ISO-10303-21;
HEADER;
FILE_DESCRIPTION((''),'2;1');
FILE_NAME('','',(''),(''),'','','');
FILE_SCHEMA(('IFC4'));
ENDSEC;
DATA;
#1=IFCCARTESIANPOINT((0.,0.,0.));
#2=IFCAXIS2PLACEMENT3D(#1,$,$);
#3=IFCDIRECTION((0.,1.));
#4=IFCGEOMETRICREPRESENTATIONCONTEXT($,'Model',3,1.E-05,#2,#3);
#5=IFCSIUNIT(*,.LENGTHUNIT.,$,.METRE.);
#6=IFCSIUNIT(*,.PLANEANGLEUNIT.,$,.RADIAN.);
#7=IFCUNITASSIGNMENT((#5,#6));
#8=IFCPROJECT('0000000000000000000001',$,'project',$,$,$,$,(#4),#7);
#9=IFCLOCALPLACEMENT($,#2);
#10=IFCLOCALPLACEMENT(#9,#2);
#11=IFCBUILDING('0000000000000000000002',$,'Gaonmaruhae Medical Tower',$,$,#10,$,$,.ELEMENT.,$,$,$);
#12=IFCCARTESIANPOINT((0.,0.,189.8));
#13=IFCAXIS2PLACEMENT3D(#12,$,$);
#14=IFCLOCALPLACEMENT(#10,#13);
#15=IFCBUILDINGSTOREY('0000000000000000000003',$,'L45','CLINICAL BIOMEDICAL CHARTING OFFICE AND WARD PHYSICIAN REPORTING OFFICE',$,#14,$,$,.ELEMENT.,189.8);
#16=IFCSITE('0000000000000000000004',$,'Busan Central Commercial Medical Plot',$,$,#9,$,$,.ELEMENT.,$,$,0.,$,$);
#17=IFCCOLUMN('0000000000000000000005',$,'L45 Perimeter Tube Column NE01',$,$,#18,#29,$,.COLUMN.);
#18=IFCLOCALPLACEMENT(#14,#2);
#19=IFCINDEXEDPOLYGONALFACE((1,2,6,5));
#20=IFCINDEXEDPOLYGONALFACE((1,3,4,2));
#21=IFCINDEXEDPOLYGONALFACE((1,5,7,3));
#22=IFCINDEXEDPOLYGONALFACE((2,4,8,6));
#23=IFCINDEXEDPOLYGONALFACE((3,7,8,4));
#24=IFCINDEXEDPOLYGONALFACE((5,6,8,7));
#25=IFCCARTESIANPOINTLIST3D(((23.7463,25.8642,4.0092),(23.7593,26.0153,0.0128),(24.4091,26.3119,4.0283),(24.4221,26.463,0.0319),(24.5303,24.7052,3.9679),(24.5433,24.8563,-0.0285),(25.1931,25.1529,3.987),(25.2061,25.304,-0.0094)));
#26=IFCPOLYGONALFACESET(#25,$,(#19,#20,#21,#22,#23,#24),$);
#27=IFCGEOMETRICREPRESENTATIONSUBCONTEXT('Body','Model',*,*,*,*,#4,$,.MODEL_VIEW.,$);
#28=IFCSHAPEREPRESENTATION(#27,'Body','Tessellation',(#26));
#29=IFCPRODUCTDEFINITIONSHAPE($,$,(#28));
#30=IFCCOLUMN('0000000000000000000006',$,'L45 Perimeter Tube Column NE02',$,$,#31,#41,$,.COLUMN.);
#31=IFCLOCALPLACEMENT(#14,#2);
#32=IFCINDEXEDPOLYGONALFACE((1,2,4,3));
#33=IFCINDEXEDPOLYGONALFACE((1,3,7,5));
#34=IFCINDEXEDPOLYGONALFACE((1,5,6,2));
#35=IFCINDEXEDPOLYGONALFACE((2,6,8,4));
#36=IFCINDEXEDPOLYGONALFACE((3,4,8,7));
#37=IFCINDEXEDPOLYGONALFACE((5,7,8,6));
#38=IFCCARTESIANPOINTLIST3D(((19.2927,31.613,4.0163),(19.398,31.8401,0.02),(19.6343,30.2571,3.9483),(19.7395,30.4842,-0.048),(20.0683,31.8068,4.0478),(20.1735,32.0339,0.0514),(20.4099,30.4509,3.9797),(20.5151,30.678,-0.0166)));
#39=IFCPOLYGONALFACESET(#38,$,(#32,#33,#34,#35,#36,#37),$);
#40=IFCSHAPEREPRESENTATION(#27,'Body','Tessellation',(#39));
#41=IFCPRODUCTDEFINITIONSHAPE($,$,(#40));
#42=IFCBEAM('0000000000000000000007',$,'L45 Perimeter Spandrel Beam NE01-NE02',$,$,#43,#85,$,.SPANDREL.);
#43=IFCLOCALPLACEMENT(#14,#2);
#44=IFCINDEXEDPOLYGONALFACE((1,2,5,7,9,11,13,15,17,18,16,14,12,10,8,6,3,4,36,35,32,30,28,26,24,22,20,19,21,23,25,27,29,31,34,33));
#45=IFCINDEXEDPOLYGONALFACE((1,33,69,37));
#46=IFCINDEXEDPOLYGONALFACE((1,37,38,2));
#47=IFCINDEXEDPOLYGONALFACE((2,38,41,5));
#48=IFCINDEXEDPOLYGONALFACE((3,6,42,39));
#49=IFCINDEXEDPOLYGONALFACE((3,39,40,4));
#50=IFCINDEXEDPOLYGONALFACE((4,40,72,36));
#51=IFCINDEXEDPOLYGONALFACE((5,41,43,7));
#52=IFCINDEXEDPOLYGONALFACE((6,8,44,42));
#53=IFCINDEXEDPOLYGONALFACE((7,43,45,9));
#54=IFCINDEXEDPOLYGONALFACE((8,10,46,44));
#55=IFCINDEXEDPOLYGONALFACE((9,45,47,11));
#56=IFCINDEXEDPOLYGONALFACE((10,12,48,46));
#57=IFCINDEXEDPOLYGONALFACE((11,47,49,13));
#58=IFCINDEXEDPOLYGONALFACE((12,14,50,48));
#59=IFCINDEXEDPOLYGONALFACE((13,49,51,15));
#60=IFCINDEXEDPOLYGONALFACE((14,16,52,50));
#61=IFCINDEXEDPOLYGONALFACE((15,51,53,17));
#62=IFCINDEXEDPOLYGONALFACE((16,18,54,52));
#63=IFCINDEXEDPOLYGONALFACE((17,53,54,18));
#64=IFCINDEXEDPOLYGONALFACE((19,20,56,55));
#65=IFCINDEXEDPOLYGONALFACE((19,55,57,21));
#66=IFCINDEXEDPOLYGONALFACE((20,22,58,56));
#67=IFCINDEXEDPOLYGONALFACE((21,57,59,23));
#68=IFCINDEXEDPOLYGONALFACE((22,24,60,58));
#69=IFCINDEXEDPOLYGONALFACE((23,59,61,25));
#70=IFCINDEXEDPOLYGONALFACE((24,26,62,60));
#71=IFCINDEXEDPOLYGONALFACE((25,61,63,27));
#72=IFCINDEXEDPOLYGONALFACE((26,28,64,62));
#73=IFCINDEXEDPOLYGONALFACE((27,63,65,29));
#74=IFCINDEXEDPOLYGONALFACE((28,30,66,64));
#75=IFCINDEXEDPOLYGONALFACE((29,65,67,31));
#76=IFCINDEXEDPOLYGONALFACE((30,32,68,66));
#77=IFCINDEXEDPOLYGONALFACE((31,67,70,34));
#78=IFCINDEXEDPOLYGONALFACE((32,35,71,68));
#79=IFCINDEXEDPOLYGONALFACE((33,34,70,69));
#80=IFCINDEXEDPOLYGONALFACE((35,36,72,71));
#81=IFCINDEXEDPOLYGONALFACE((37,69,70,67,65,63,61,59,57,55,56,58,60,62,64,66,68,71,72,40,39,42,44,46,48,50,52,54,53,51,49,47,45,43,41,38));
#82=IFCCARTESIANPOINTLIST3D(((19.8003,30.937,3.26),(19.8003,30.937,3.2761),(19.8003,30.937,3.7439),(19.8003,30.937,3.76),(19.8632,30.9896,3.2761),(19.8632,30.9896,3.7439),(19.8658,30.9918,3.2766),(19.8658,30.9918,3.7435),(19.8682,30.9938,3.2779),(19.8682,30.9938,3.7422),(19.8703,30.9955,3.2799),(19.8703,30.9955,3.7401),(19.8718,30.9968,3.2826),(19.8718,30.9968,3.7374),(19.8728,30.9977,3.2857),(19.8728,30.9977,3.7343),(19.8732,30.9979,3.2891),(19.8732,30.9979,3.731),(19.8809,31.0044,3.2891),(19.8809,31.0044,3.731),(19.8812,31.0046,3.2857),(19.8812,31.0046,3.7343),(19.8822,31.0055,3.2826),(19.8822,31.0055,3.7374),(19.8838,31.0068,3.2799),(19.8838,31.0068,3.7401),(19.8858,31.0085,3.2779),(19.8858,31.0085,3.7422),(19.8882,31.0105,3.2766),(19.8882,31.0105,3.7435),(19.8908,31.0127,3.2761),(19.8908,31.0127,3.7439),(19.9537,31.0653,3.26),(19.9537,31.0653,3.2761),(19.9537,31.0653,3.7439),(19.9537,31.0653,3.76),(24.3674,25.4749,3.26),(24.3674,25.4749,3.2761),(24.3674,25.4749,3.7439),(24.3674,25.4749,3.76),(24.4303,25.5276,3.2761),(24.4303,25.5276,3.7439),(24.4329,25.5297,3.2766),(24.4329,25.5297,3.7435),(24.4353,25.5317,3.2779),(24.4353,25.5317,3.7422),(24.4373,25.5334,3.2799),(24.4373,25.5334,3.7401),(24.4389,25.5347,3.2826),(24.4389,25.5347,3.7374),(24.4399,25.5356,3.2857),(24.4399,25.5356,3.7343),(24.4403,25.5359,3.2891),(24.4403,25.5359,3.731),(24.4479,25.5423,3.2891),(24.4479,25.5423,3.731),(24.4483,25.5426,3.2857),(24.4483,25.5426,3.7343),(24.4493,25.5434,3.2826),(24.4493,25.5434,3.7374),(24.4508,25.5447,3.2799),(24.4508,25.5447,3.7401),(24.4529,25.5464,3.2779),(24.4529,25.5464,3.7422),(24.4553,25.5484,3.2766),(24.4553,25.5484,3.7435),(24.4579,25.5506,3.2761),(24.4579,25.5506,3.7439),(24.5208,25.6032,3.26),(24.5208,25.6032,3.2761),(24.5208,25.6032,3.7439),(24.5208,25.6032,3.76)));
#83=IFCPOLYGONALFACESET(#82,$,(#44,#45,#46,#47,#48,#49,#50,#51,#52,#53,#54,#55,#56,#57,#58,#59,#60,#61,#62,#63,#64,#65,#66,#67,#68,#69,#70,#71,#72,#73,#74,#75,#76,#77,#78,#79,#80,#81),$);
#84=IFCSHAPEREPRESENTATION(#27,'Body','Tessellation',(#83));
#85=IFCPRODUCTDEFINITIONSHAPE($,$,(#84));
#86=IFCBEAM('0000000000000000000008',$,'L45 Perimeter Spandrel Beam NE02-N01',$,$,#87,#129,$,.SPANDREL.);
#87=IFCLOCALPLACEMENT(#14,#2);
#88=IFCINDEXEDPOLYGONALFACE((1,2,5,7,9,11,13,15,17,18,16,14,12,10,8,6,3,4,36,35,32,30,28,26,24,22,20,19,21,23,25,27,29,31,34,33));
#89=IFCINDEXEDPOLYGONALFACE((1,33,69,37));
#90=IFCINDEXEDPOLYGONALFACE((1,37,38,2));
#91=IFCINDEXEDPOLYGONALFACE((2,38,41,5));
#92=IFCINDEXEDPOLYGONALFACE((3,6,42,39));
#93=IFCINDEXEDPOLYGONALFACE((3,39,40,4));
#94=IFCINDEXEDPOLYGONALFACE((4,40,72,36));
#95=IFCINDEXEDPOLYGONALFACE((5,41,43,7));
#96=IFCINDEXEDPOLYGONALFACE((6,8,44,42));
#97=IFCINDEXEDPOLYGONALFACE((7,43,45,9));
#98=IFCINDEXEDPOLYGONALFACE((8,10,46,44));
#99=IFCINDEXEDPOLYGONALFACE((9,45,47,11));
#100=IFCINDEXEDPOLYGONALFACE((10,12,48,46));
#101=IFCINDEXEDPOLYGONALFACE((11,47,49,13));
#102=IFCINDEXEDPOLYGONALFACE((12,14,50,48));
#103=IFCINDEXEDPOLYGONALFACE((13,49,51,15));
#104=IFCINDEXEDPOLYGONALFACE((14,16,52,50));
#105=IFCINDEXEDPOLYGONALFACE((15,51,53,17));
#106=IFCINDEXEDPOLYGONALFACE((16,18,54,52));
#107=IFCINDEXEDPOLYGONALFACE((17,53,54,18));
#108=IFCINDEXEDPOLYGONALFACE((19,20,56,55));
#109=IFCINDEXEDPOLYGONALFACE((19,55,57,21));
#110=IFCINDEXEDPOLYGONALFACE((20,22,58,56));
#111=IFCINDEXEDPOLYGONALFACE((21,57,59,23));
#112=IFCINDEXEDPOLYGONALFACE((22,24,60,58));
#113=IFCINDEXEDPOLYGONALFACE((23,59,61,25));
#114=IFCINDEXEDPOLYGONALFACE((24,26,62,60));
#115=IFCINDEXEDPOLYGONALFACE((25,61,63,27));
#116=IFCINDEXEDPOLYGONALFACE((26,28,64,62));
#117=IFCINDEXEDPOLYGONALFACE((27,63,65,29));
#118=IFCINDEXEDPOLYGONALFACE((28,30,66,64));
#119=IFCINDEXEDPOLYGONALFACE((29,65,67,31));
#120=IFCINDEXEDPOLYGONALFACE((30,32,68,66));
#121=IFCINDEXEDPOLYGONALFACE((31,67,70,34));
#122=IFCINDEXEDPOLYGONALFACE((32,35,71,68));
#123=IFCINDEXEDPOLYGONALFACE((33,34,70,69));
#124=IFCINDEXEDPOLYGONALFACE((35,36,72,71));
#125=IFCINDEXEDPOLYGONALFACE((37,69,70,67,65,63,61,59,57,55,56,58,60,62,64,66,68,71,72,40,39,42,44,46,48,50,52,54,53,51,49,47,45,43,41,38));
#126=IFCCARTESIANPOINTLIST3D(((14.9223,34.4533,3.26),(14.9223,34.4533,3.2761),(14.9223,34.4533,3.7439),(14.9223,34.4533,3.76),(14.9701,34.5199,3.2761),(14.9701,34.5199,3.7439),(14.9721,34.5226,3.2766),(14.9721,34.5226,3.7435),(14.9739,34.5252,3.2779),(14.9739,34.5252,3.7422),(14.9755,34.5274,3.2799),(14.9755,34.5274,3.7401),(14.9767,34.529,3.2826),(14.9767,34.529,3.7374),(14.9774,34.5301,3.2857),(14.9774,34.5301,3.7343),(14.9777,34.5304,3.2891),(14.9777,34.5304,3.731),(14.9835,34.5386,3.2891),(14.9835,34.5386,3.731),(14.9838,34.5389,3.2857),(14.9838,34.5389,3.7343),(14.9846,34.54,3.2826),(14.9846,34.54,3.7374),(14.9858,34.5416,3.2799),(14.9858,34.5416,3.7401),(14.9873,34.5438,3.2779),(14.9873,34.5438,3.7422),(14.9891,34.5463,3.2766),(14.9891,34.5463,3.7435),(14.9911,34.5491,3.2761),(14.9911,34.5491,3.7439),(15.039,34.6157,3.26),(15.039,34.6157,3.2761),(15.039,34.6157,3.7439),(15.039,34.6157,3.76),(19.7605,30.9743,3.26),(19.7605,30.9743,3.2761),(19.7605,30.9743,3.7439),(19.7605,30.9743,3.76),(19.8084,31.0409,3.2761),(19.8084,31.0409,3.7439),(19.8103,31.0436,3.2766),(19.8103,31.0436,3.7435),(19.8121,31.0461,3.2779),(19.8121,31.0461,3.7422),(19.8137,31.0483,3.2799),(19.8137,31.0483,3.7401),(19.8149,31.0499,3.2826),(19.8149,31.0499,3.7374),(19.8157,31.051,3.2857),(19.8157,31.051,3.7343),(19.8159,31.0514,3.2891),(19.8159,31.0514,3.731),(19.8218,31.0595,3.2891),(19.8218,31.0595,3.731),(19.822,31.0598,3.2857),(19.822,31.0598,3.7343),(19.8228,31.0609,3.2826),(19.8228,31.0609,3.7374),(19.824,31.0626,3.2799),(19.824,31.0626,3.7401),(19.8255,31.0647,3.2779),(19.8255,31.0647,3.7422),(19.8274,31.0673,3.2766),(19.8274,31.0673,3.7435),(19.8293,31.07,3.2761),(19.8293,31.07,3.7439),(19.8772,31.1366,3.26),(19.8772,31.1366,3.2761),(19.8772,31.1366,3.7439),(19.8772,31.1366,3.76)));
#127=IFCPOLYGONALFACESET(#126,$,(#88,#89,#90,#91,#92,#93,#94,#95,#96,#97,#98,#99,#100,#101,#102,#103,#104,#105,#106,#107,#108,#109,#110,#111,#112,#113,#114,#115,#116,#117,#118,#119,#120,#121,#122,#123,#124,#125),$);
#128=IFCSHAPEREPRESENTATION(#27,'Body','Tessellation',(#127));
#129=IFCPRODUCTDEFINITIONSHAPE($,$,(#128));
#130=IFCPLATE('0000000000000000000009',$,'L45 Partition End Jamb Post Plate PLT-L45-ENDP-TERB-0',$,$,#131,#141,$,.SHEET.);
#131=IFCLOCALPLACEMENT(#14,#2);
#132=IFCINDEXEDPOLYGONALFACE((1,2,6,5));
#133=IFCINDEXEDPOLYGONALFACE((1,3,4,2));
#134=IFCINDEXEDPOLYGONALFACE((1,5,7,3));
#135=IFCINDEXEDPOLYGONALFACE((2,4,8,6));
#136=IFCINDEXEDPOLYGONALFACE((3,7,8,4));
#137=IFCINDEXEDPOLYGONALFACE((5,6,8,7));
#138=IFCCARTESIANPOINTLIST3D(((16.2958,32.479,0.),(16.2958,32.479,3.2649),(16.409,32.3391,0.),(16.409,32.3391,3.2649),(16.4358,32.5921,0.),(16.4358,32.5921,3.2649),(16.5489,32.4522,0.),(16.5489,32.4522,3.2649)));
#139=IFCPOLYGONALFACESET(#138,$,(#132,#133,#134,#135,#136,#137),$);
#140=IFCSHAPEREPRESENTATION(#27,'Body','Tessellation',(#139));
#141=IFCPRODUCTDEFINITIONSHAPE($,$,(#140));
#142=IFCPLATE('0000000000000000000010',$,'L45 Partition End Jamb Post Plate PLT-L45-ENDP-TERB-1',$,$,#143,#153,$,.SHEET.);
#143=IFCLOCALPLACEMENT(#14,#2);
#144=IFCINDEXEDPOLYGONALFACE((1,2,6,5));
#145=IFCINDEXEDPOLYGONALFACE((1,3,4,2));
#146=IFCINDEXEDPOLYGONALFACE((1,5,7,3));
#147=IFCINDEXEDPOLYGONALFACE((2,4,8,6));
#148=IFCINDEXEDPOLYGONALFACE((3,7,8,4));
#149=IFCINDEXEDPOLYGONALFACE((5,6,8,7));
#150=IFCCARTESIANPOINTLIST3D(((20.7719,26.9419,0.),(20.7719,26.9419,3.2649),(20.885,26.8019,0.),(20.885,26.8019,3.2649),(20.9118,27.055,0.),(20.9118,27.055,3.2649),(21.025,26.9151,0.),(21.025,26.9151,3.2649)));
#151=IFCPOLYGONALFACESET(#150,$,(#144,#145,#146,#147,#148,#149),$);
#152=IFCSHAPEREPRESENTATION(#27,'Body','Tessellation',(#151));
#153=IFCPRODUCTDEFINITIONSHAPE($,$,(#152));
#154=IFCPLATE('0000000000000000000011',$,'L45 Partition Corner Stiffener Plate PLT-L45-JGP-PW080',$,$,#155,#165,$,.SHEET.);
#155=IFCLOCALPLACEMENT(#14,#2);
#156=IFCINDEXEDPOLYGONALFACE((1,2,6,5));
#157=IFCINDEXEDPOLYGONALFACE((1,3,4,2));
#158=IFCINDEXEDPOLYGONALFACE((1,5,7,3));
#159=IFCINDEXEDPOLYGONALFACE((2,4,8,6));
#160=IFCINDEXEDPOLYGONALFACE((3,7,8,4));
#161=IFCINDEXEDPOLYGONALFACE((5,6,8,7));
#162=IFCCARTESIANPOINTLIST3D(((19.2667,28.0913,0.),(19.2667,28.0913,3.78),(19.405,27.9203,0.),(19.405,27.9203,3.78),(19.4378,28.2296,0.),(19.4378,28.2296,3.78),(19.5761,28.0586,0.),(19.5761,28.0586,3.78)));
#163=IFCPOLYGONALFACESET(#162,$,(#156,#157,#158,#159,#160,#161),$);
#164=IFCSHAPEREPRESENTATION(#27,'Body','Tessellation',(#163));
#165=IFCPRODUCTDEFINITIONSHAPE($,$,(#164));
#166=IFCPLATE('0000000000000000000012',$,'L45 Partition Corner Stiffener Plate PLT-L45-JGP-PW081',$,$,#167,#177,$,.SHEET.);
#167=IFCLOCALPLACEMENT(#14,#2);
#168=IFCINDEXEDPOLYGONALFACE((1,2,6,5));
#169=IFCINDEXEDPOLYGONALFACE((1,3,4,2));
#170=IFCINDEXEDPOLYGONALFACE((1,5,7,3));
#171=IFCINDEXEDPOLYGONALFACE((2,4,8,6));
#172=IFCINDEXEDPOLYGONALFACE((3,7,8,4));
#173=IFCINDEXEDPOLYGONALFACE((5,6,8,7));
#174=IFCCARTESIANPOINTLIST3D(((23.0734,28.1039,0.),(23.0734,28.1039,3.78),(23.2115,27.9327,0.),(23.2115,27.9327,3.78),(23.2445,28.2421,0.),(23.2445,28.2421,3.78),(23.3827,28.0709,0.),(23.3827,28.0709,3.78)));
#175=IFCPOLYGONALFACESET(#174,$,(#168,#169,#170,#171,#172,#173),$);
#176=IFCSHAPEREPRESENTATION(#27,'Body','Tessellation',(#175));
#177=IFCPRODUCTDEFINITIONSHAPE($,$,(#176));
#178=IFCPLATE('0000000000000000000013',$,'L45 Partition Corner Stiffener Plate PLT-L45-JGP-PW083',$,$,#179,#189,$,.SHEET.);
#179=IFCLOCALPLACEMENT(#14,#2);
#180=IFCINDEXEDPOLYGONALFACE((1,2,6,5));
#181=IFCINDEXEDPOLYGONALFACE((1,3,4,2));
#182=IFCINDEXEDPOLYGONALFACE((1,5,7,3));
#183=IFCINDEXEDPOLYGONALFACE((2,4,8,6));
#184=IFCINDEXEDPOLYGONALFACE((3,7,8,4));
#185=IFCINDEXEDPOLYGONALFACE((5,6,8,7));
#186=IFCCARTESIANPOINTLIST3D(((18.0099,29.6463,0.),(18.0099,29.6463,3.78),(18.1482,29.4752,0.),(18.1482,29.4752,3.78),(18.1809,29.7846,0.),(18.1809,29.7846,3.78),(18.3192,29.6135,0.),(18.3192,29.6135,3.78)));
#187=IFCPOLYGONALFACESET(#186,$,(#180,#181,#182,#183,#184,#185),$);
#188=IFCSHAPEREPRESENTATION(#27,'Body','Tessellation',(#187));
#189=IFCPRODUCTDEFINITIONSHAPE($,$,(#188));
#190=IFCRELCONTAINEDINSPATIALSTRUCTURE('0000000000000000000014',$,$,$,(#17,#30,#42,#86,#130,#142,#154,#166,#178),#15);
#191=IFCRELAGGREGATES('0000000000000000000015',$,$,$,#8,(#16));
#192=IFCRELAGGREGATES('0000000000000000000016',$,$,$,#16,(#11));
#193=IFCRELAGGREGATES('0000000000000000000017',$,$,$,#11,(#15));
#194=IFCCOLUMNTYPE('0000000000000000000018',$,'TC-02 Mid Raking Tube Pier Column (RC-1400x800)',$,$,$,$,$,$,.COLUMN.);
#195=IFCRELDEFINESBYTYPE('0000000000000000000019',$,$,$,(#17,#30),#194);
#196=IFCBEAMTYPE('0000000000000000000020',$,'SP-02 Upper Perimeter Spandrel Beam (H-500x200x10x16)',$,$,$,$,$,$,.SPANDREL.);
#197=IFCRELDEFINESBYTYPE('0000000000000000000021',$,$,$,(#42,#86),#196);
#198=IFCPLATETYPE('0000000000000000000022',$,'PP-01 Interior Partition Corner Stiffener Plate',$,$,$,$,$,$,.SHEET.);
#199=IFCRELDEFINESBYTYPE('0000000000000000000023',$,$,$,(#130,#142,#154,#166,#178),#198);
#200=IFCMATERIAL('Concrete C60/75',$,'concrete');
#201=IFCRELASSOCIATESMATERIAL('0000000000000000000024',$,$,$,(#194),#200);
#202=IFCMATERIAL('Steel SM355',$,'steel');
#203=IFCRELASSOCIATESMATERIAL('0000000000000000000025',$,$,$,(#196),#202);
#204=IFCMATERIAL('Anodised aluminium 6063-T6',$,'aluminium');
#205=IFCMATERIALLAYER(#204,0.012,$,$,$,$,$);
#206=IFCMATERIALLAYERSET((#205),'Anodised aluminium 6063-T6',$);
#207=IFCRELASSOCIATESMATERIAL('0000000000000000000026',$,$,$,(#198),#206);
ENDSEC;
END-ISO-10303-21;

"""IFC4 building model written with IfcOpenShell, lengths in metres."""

from ifc_helpers import new_model, si_unit, direction, frame, origin, origin_2d, place, context, subcontext, project, spatial, rectangle, i_section, extrude, material, layer, layer_set, material_profile, profile_set, type_object, element, save


model = new_model("IFC4")

# Units and contexts
model_context = context("Model", 3, precision=1e-05, world=origin(), true_north=direction((0.0, 1.0)))
body_context = subcontext(model_context, "Body", "Model", "MODEL_VIEW")
ifc_project = project(units=[si_unit("LENGTHUNIT", "METRE"), si_unit("PLANEANGLEUNIT", "RADIAN")], contexts=[model_context])

# Site, building, storey
site_placement = place(None, origin())
site = spatial("IfcSite", under=ifc_project, at=site_placement, Name="Busan Central Commercial Medical Plot", CompositionType="ELEMENT", RefElevation=0.0)
building_placement = place(site_placement, origin())
building = spatial("IfcBuilding", under=site, at=building_placement, Name="Gaonmaruhae Medical Tower", CompositionType="ELEMENT")
storey_placement = place(building_placement, frame((0.0, 0.0, 189.8)))
storey = spatial("IfcBuildingStorey", under=building, at=storey_placement, Name="L45", Description="CLINICAL BIOMEDICAL CHARTING OFFICE AND WARD PHYSICIAN REPORTING OFFICE", CompositionType="ELEMENT", Elevation=189.8)

# Columns
ifc_material_1 = material(Name="Concrete C60/75", Category="concrete")
ifc_material_profile_1 = material_profile(ifc_material_1, rectangle(XDim=1.3999, YDim=0.8, at=origin_2d()), Name="RC-1400x800")
ifc_profile_set_1 = profile_set([ifc_material_profile_1], Name="Concrete C60/75")
column_type = type_object("IfcColumnType", Name="TC-02 Mid Raking Tube Pier Column (RC-1400x800)", PredefinedType="COLUMN", material=ifc_profile_set_1)
column_1_placement = place(storey_placement, frame((24.4827, 25.6597, 0.0017), z_axis=(-0.003235, -0.037788, 0.999281), x_axis=(-0.560053, 0.827932, 0.029495)))
element("IfcColumn", 1, at=column_1_placement, inside=storey, type_object=column_type, Name="L45 Perimeter Tube Column NE01", PredefinedType="COLUMN", context=body_context, shape_type="SweptSolid", body=[
    extrude(rectangle(XDim=1.3999, YDim=0.8, at=origin_2d()), origin(), (0.0, 0.0, 1.0), 3.9993),
])
column_2_placement = place(storey_placement, frame((19.9565, 31.259, 0.0017), z_axis=(-0.026279, -0.056704, 0.998045), x_axis=(-0.244001, 0.968556, 0.048604)))
element("IfcColumn", 2, at=column_2_placement, inside=storey, type_object=column_type, Name="L45 Perimeter Tube Column NE02", PredefinedType="COLUMN", context=body_context, shape_type="SweptSolid", body=[
    extrude(rectangle(XDim=1.3999, YDim=0.8, at=origin_2d()), origin(), (0.0, 0.0, 1.0), 4.0042),
])

# Beams
ifc_material_2 = material(Name="Steel SM355", Category="steel")
ifc_material_profile_2 = material_profile(ifc_material_2, i_section(OverallWidth=0.2, OverallDepth=0.5, WebThickness=0.01, FlangeThickness=0.0161, FilletRadius=0.0129, at=origin_2d()), Name="H-500x200x10x16")
ifc_profile_set_2 = profile_set([ifc_material_profile_2], Name="Steel SM355")
beam_type = type_object("IfcBeamType", Name="SP-02 Upper Perimeter Spandrel Beam (H-500x200x10x16)", PredefinedType="SPANDREL", material=ifc_profile_set_2)
beam_1_placement = place(storey_placement, frame((24.4441, 25.5391, 3.51), z_axis=(-0.641455, 0.767161, 0.0), x_axis=(-0.767161, -0.641455, 0.0)))
element("IfcBeam", 3, at=beam_1_placement, inside=storey, type_object=beam_type, Name="L45 Perimeter Spandrel Beam NE01-NE02", PredefinedType="SPANDREL", context=body_context, shape_type="SweptSolid", body=[
    extrude(i_section(OverallWidth=0.2, OverallDepth=0.5, WebThickness=0.01, FlangeThickness=0.0161, FilletRadius=0.0129, at=origin_2d()), origin(), (0.0, 0.0, 1.0), 7.1199),
])
beam_2_placement = place(storey_placement, frame((19.8188, 31.0554, 3.51), z_axis=(-0.811889, 0.583812, 0.0), x_axis=(-0.583812, -0.811889, 0.0)))
element("IfcBeam", 4, at=beam_2_placement, inside=storey, type_object=beam_type, Name="L45 Perimeter Spandrel Beam NE02-N01", PredefinedType="SPANDREL", context=body_context, shape_type="SweptSolid", body=[
    extrude(i_section(OverallWidth=0.2, OverallDepth=0.5, WebThickness=0.01, FlangeThickness=0.0161, FilletRadius=0.0129, at=origin_2d()), origin(), (0.0, 0.0, 1.0), 5.9592),
])

# Plates
ifc_material_3 = material(Name="Anodised aluminium 6063-T6", Category="aluminium")
ifc_layer_1 = layer(ifc_material_3, 0.012)
ifc_layer_set_1 = layer_set([ifc_layer_1], Name="Anodised aluminium 6063-T6")
plate_type = type_object("IfcPlateType", Name="PP-01 Interior Partition Corner Stiffener Plate", PredefinedType="SHEET", material=ifc_layer_set_1)
for number, where, z_axis, x_axis, name in (
    (5, (16.4224, 32.4656, 0.0), (0.0, 0.0, 1.0), (0.628656, -0.777684, 0.0), "L45 Partition End Jamb Post Plate PLT-L45-ENDP-TERB-0"),
    (6, (20.8984, 26.9285, 0.0), (0.0, 0.0, 1.0), (0.628656, -0.777684, 0.0), "L45 Partition End Jamb Post Plate PLT-L45-ENDP-TERB-1"),
):
    element("IfcPlate", number, at=place(storey_placement, frame(where, z_axis=z_axis, x_axis=x_axis)), inside=storey, type_object=plate_type, Name=name, PredefinedType="SHEET", context=body_context, shape_type="SweptSolid", body=[
        extrude(rectangle(XDim=0.1799, YDim=0.1799, at=origin_2d()), origin(), (0.0, 0.0, 1.0), 3.2649),
    ])
for number, where, z_axis, x_axis, name in (
    (7, (19.4214, 28.075, 0.0), (0.0, 0.0, 1.0), (0.777629, 0.628723, 0.0), "L45 Partition Corner Stiffener Plate PLT-L45-JGP-PW080"),
    (8, (23.228, 28.0874, 0.0), (0.0, 0.0, 1.0), (0.628208, -0.778046, 0.0), "L45 Partition Corner Stiffener Plate PLT-L45-JGP-PW081"),
    (9, (18.1646, 29.6299, 0.0), (0.0, 0.0, 1.0), (-0.777629, -0.628723, 0.0), "L45 Partition Corner Stiffener Plate PLT-L45-JGP-PW083"),
):
    element("IfcPlate", number, at=place(storey_placement, frame(where, z_axis=z_axis, x_axis=x_axis)), inside=storey, type_object=plate_type, Name=name, PredefinedType="SHEET", context=body_context, shape_type="SweptSolid", body=[
        extrude(rectangle(XDim=0.22, YDim=0.22, at=origin_2d()), origin(), (0.0, 0.0, 1.0), 3.78),
    ])

save(model, "model.ifc")
